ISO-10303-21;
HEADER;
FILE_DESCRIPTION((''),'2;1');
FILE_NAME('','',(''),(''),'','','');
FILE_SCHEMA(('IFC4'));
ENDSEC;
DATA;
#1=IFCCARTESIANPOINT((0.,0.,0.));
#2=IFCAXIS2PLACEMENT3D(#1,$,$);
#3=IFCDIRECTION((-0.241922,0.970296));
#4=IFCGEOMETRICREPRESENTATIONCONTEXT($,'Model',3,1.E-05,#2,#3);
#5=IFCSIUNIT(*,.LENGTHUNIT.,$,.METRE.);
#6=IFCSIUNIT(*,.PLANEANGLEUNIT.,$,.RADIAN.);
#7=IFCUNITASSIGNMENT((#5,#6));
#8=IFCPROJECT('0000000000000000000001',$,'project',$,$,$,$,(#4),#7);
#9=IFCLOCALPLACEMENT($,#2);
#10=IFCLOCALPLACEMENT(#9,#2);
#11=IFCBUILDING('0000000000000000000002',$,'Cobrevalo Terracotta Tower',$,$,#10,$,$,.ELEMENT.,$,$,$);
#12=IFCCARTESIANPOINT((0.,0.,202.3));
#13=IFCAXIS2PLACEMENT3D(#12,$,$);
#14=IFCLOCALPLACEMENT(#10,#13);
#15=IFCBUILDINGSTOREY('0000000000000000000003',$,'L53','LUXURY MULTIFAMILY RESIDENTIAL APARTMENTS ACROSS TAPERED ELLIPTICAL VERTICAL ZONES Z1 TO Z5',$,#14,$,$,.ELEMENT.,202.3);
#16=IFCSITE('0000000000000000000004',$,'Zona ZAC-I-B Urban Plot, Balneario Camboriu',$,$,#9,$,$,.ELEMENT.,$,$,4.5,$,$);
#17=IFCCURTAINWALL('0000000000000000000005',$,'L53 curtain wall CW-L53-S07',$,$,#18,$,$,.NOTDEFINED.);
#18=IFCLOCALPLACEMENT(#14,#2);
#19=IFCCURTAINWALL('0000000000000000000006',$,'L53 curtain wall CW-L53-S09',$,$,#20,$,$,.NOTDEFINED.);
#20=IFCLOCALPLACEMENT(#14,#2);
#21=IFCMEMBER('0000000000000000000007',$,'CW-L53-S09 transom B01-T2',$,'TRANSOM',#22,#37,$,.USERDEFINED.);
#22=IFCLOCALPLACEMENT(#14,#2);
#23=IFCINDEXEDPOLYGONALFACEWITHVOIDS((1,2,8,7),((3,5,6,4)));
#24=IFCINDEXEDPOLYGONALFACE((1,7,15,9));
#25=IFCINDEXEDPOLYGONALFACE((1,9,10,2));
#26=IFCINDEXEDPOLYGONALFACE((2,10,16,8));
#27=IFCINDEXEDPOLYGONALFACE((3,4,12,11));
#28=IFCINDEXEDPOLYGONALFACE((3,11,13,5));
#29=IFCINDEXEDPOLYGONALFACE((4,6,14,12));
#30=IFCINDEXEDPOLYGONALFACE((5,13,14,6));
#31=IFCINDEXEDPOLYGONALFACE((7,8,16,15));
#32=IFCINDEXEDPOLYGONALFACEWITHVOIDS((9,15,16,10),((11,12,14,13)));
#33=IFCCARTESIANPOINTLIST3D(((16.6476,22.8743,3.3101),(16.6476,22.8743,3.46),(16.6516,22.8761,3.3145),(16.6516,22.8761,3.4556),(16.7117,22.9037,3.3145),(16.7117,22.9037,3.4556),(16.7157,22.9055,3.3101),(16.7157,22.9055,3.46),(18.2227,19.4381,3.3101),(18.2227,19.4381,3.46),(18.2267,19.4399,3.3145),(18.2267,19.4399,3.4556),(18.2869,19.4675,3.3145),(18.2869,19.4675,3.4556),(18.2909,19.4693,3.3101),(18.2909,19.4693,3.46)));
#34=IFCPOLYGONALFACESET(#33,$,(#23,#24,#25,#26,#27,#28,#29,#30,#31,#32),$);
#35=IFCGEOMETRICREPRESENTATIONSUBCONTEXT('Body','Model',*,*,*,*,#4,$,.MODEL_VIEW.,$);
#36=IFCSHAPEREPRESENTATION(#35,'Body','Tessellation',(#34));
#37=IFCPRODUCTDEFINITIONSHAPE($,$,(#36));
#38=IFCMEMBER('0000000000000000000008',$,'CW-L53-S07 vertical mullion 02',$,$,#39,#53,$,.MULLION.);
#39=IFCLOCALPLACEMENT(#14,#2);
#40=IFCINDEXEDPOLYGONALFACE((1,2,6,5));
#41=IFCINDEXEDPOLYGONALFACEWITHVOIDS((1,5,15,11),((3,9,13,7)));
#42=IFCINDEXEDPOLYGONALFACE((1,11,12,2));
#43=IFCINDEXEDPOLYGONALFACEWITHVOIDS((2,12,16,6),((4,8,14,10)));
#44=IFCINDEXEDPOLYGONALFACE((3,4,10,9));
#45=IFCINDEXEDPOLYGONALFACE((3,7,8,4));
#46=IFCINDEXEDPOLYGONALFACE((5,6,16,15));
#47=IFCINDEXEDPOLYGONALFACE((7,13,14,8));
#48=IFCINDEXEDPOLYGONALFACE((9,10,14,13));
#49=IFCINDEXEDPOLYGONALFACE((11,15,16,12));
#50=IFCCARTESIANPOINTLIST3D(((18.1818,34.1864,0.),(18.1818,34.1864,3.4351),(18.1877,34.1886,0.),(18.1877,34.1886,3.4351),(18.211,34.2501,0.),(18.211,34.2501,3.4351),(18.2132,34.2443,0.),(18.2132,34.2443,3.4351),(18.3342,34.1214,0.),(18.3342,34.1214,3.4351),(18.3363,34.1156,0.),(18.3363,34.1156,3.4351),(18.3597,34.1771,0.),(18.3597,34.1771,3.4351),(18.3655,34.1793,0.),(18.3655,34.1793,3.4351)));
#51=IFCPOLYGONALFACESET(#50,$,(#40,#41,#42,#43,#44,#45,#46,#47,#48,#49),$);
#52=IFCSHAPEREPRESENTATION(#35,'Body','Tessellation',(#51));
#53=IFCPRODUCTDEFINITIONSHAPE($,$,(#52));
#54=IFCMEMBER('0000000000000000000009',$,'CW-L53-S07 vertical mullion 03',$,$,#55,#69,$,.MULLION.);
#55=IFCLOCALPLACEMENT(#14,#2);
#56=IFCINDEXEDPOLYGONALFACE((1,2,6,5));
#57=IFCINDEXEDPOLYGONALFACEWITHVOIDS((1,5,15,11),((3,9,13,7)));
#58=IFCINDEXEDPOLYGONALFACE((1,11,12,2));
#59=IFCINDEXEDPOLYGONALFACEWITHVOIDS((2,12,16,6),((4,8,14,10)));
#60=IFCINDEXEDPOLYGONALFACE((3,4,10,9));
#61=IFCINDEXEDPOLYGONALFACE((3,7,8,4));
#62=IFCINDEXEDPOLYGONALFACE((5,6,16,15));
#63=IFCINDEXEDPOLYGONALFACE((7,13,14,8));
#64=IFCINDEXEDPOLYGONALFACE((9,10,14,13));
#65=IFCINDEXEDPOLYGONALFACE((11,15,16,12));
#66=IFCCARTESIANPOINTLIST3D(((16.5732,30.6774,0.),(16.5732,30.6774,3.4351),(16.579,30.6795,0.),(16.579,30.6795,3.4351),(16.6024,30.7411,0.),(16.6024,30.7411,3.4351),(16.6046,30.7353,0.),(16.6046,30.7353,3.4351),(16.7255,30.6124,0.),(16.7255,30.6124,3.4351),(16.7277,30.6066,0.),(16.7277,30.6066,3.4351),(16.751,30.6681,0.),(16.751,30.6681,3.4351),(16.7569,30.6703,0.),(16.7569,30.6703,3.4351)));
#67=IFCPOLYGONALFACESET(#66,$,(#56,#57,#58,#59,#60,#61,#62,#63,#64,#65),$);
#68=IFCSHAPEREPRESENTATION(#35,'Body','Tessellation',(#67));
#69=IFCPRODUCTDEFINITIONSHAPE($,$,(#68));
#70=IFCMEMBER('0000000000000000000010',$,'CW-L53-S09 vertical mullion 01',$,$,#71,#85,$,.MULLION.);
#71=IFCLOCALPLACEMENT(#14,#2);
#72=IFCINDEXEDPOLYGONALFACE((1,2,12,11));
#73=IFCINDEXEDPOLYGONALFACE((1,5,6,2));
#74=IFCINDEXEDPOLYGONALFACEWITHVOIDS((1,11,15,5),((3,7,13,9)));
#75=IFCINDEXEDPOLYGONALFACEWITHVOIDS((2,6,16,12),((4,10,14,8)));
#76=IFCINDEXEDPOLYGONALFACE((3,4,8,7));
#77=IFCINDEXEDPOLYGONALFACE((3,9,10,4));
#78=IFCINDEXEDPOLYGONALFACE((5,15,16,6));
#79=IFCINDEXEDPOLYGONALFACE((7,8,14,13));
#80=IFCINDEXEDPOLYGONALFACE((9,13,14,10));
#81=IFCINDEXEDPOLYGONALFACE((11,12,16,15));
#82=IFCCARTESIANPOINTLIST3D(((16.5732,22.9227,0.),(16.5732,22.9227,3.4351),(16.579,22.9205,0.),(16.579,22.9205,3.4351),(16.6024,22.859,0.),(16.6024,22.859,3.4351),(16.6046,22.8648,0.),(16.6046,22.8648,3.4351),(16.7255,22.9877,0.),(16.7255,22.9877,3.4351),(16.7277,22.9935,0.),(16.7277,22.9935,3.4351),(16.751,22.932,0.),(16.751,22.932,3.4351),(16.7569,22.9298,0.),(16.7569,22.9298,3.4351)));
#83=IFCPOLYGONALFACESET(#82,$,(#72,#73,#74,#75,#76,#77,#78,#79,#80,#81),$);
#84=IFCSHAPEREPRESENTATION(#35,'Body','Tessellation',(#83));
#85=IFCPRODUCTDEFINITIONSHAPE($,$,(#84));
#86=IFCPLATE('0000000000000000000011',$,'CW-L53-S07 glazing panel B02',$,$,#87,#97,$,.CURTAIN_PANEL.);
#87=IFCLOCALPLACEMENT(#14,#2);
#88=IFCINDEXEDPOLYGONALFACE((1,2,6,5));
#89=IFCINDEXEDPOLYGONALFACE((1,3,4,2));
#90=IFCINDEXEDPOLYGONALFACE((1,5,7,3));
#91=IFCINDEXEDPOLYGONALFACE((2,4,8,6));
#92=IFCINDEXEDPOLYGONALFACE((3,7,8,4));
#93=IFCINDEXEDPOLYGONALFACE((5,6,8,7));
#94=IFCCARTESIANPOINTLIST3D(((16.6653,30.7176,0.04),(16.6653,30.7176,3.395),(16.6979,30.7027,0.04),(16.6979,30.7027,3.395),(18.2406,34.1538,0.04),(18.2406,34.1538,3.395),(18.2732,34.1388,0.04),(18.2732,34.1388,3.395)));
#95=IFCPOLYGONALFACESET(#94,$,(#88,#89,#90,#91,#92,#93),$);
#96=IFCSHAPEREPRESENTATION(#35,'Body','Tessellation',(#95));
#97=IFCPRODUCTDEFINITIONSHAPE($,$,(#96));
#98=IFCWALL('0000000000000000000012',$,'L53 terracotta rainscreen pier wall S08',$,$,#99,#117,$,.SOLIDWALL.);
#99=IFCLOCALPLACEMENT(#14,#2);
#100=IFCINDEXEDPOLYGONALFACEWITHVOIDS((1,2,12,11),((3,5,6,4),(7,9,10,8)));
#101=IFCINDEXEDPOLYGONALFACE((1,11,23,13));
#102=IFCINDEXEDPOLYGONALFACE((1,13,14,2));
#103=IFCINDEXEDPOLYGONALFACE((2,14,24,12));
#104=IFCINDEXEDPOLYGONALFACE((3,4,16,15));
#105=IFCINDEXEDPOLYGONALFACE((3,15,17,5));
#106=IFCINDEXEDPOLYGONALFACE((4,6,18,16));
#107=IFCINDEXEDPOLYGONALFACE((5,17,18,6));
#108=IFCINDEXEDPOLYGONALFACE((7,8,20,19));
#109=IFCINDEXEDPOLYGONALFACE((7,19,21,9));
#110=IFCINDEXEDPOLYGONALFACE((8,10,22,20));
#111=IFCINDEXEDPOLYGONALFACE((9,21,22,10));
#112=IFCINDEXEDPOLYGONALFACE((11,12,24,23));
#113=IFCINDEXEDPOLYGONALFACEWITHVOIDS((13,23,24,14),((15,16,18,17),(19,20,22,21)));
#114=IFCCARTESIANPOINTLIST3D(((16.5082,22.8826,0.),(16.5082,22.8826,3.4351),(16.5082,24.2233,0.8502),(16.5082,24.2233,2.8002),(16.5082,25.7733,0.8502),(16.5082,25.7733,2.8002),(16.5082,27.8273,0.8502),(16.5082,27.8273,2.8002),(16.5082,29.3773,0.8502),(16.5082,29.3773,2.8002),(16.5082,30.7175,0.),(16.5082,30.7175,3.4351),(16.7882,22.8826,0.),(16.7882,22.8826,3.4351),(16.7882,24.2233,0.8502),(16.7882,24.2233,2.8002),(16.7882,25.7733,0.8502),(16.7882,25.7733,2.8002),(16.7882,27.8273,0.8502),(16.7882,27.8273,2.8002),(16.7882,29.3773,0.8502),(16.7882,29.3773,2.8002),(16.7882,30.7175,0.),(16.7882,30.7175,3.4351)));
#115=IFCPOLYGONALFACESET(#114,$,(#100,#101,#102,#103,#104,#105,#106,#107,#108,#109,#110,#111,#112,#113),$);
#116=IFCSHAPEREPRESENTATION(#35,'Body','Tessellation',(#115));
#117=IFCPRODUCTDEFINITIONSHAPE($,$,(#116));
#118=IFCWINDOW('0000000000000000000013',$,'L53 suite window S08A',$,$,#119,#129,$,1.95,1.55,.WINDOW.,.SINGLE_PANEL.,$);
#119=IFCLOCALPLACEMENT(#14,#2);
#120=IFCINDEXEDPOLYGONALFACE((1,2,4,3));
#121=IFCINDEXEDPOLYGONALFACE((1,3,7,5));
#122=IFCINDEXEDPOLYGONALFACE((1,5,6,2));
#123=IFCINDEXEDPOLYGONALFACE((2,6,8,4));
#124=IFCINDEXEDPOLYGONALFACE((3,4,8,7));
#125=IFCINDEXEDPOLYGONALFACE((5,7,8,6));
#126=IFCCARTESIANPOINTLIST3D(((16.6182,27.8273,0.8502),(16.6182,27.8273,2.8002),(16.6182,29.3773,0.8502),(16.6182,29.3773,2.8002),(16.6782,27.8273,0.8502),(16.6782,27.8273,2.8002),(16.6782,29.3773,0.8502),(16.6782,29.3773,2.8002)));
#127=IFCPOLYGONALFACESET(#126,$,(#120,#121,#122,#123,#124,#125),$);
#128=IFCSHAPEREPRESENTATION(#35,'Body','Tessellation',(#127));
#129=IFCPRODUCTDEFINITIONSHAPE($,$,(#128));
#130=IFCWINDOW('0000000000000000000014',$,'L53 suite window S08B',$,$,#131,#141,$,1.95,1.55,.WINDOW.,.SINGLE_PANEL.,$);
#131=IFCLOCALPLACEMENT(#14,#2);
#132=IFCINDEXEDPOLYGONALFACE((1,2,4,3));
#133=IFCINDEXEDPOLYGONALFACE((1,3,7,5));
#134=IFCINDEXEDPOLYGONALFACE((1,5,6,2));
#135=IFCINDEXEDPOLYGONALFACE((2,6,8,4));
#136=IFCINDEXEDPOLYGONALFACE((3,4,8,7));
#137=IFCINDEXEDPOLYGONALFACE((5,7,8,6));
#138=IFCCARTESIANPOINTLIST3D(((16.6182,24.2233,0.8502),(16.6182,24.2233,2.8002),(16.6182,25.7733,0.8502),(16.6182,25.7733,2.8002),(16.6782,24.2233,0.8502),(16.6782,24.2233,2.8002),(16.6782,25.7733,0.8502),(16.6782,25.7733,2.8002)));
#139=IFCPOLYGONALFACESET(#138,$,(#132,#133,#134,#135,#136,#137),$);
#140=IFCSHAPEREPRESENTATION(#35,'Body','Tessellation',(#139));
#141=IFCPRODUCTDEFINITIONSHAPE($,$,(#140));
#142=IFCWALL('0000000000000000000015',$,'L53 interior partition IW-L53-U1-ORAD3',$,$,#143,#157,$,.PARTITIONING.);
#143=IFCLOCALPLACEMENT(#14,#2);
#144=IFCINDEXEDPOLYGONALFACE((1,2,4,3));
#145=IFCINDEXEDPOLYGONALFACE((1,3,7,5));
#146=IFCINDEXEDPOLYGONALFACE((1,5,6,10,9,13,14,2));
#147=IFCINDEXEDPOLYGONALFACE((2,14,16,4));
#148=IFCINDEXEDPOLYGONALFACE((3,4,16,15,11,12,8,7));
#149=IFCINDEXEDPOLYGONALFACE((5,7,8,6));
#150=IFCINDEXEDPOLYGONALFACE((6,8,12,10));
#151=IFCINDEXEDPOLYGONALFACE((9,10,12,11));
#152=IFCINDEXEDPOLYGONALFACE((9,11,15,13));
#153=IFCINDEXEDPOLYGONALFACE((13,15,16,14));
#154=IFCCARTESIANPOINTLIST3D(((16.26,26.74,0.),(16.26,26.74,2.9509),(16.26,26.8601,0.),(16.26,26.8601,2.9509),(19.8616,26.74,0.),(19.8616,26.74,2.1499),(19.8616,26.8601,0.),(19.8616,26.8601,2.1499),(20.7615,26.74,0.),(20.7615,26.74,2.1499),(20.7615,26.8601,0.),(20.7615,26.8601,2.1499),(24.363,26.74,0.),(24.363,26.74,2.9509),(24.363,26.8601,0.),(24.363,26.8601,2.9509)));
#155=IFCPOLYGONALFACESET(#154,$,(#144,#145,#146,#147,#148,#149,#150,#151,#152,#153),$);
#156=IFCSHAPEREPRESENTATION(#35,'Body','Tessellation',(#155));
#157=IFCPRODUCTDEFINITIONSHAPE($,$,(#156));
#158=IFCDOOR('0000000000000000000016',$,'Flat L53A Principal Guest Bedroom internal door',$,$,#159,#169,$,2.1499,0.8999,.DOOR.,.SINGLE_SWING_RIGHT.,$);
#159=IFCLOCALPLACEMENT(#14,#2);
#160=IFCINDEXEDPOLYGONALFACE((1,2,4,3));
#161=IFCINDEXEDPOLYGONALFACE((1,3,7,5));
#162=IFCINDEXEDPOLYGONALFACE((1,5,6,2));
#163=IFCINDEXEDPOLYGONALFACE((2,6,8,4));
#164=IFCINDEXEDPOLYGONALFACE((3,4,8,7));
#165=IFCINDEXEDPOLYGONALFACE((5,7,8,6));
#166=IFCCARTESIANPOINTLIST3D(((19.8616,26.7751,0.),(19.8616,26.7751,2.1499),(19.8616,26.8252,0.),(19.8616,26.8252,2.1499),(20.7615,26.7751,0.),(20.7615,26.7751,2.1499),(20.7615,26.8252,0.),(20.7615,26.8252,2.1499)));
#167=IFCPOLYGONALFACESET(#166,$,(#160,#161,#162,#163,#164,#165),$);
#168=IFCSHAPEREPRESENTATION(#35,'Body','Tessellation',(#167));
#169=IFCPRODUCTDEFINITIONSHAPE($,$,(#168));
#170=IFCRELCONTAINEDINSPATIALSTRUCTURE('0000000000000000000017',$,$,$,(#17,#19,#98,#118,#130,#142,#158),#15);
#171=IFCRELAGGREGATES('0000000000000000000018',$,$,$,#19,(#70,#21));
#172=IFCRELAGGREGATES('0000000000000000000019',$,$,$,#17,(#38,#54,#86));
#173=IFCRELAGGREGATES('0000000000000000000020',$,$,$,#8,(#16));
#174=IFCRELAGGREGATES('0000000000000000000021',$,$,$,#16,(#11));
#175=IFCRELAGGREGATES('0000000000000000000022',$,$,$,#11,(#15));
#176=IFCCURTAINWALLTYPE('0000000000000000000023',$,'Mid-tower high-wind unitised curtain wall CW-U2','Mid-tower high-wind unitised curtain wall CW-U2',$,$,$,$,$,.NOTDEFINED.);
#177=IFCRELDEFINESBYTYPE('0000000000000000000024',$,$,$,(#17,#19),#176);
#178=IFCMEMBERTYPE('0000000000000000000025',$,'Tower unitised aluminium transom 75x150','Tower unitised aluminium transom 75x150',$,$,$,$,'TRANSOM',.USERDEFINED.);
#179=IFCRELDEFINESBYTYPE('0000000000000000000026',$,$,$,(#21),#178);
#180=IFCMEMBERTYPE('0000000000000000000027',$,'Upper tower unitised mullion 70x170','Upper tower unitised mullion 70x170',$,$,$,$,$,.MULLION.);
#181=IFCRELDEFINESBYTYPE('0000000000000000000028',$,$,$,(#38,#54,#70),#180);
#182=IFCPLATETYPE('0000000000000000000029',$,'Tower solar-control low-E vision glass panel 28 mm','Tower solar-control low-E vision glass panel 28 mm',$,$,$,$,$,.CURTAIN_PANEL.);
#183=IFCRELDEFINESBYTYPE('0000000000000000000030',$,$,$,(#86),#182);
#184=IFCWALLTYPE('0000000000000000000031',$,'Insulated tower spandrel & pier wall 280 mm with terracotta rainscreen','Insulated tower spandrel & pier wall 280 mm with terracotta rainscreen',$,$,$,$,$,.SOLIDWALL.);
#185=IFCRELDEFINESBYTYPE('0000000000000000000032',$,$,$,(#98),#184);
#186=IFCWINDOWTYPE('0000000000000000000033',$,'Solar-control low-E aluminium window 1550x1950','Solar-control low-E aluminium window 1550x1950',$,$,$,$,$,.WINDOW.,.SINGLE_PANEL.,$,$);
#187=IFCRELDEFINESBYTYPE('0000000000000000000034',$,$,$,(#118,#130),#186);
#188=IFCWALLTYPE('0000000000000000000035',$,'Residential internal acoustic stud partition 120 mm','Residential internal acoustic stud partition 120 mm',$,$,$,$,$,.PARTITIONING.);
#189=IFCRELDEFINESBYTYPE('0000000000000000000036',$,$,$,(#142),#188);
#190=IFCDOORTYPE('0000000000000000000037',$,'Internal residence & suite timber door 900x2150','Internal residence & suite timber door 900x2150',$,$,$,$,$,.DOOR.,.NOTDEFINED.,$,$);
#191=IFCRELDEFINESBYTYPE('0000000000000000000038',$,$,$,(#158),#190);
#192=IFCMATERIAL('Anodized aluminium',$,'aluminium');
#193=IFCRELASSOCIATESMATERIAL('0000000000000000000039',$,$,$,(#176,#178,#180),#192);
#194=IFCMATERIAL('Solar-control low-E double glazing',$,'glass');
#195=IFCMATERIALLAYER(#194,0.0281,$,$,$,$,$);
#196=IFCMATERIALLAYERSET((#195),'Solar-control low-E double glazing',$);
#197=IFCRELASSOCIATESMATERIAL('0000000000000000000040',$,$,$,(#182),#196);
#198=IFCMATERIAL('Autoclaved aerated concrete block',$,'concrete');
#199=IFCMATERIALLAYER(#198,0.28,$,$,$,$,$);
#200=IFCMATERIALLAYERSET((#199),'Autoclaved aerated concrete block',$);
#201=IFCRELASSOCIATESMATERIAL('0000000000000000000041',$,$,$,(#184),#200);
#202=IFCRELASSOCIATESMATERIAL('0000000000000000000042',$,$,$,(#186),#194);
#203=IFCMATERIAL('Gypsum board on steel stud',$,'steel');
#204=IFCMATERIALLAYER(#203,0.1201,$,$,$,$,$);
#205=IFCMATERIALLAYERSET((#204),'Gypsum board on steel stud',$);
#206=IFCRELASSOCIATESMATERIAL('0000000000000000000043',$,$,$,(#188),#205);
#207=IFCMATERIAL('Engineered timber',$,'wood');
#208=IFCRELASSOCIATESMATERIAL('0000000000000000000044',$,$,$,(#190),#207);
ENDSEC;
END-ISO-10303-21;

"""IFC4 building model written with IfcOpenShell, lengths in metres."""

from ifc_helpers import new_model, si_unit, direction, frame, frame_2d, origin, origin_2d, place, context, subcontext, project, spatial, rectangle, hollow_rectangle, extrude, source, transform, mapped, material, layer, layer_set, material_profile, profile_set, type_object, element, fill, aggregate, save


model = new_model("IFC4")

# Units and contexts
model_context = context("Model", 3, precision=1e-05, world=origin(), true_north=direction((-0.241922, 0.970296)))
body_context = subcontext(model_context, "Body", "Model", "MODEL_VIEW")
ifc_project = project(units=[si_unit("LENGTHUNIT", "METRE"), si_unit("PLANEANGLEUNIT", "RADIAN")], contexts=[model_context])

# Site, building, storey
site_placement = place(None, origin())
site = spatial("IfcSite", under=ifc_project, at=site_placement, Name="Zona ZAC-I-B Urban Plot, Balneario Camboriu", CompositionType="ELEMENT", RefElevation=4.5)
building_placement = place(site_placement, origin())
building = spatial("IfcBuilding", under=site, at=building_placement, Name="Cobrevalo Terracotta Tower", CompositionType="ELEMENT")
storey_placement = place(building_placement, frame((0.0, 0.0, 202.3)))
storey = spatial("IfcBuildingStorey", under=building, at=storey_placement, Name="L53", Description="LUXURY MULTIFAMILY RESIDENTIAL APARTMENTS ACROSS TAPERED ELLIPTICAL VERTICAL ZONES Z1 TO Z5", CompositionType="ELEMENT", Elevation=202.3)

# Curtain walls, member
ifc_material_1 = material(Name="Anodized aluminium", Category="aluminium")
curtain_wall_type = type_object("IfcCurtainWallType", Name="Mid-tower high-wind unitised curtain wall CW-U2", Description="Mid-tower high-wind unitised curtain wall CW-U2", PredefinedType="NOTDEFINED", material=ifc_material_1)
curtain_wall_1_placement = place(storey_placement, origin())
curtain_wall_1 = element("IfcCurtainWall", 1, at=curtain_wall_1_placement, inside=storey, type_object=curtain_wall_type, Name="L53 curtain wall CW-L53-S07", PredefinedType="NOTDEFINED")
ifc_material_profile_1 = material_profile(ifc_material_1, hollow_rectangle(XDim=0.075, YDim=0.1499, WallThickness=0.0044, at=origin_2d()), Name="CWT 75x150")
ifc_profile_set_1 = profile_set([ifc_material_profile_1], Name="Anodized aluminium")
member_type_1 = type_object("IfcMemberType", Name="Tower unitised aluminium transom 75x150", Description="Tower unitised aluminium transom 75x150", ElementType="TRANSOM", PredefinedType="USERDEFINED", material=ifc_profile_set_1)
shared_shape_1 = source(origin(), body_context, "Body", "SweptSolid", [
    extrude(hollow_rectangle(XDim=0.075, YDim=0.1499, WallThickness=0.0044, at=origin_2d()), origin(), (0.0, 0.0, 1.0), 3.78),
])
curtain_wall_2_placement = place(storey_placement, origin())
curtain_wall_2 = element("IfcCurtainWall", 2, at=curtain_wall_2_placement, inside=storey, type_object=curtain_wall_type, Name="L53 curtain wall CW-L53-S09", PredefinedType="NOTDEFINED")
member_1_placement = place(storey_placement, frame((16.6816, 22.8899, 3.385), z_axis=(0.416706, -0.909041, 0.0), x_axis=(0.909041, 0.416706, 0.0)))
member_1 = element("IfcMember", 3, at=member_1_placement, type_object=member_type_1, Name="CW-L53-S09 transom B01-T2", ObjectType="TRANSOM", PredefinedType="USERDEFINED", context=body_context, shape_type="MappedRepresentation", body=[
    mapped(shared_shape_1, transform((0.0, 0.0, 0.0), scale=1.0)),
])

# Members
ifc_material_profile_2 = material_profile(ifc_material_1, hollow_rectangle(XDim=0.0701, YDim=0.1699, WallThickness=0.0044, at=origin_2d()), Name="CWM 70x170")
ifc_profile_set_2 = profile_set([ifc_material_profile_2], Name="Anodized aluminium")
member_type_2 = type_object("IfcMemberType", Name="Upper tower unitised mullion 70x170", Description="Upper tower unitised mullion 70x170", PredefinedType="MULLION", material=ifc_profile_set_2)
shared_shape_2 = source(origin(), body_context, "Body", "SweptSolid", [
    extrude(hollow_rectangle(XDim=0.0701, YDim=0.1699, WallThickness=0.0044, at=origin_2d()), origin(), (0.0, 0.0, 1.0), 3.4351),
])
member_2_placement = place(storey_placement, frame((18.2737, 34.1829, 0.0), z_axis=(0.0, 0.0, 1.0), x_axis=(-0.416725, -0.909033, 0.0)))
member_2 = element("IfcMember", 4, at=member_2_placement, type_object=member_type_2, Name="CW-L53-S07 vertical mullion 02", PredefinedType="MULLION", context=body_context, shape_type="MappedRepresentation", body=[
    mapped(shared_shape_2, transform((0.0, 0.0, 0.0), scale=1.0)),
])
member_3_placement = place(storey_placement, frame((16.665, 30.6738, 0.0), z_axis=(0.0, 0.0, 1.0), x_axis=(-0.416725, -0.909033, 0.0)))
member_3 = element("IfcMember", 5, at=member_3_placement, type_object=member_type_2, Name="CW-L53-S07 vertical mullion 03", PredefinedType="MULLION", context=body_context, shape_type="MappedRepresentation", body=[
    mapped(shared_shape_2, transform((0.0, 0.0, 0.0), scale=1.0)),
])
member_4_placement = place(storey_placement, frame((16.665, 22.9263, 0.0), z_axis=(0.0, 0.0, 1.0), x_axis=(0.416725, -0.909033, 0.0)))
member_4 = element("IfcMember", 6, at=member_4_placement, type_object=member_type_2, Name="CW-L53-S09 vertical mullion 01", PredefinedType="MULLION", context=body_context, shape_type="MappedRepresentation", body=[
    mapped(shared_shape_2, transform((0.0, 0.0, 0.0), scale=1.0)),
])
aggregate(curtain_wall_2, [member_4, member_1])

# Plate
ifc_material_2 = material(Name="Solar-control low-E double glazing", Category="glass")
ifc_layer_1 = layer(ifc_material_2, 0.0281)
ifc_layer_set_1 = layer_set([ifc_layer_1], Name="Solar-control low-E double glazing")
plate_type = type_object("IfcPlateType", Name="Tower solar-control low-E vision glass panel 28 mm", Description="Tower solar-control low-E vision glass panel 28 mm", PredefinedType="CURTAIN_PANEL", material=ifc_layer_set_1)
shared_shape_3 = source(origin(), body_context, "Body", "SweptSolid", [
    extrude(rectangle(XDim=3.78, YDim=0.0359, at=origin_2d()), origin(), (0.0, 0.0, 1.0), 3.355),
])
plate_placement = place(storey_placement, frame((17.4692, 32.4282, 0.04), z_axis=(0.0, 0.0, 1.0), x_axis=(-0.416731, -0.90903, 0.0)))
plate = element("IfcPlate", 7, at=plate_placement, type_object=plate_type, Name="CW-L53-S07 glazing panel B02", PredefinedType="CURTAIN_PANEL", context=body_context, shape_type="MappedRepresentation", body=[
    mapped(shared_shape_3, transform((0.0, 0.0, 0.0), scale=1.0)),
])
aggregate(curtain_wall_1, [member_2, member_3, plate])

# Wall, openings, windows
ifc_material_3 = material(Name="Autoclaved aerated concrete block", Category="concrete")
ifc_layer_2 = layer(ifc_material_3, 0.28)
ifc_layer_set_2 = layer_set([ifc_layer_2], Name="Autoclaved aerated concrete block")
wall_type_1 = type_object("IfcWallType", Name="Insulated tower spandrel & pier wall 280 mm with terracotta rainscreen", Description="Insulated tower spandrel & pier wall 280 mm with terracotta rainscreen", PredefinedType="SOLIDWALL", material=ifc_layer_set_2)
wall_1_placement = place(storey_placement, frame((16.6482, 30.7175, 0.0), z_axis=(0.0, 0.0, 1.0), x_axis=(0.0, -1.0, 0.0)))
wall_1 = element("IfcWall", 8, at=wall_1_placement, inside=storey, type_object=wall_type_1, Name="L53 terracotta rainscreen pier wall S08", PredefinedType="SOLIDWALL", context=body_context, shape_type="SweptSolid", body=[
    extrude(rectangle(XDim=7.835, YDim=0.28, at=frame_2d((3.9175, 0.0))), origin(), (0.0, 0.0, 1.0), 3.4351),
])
opening_1_placement = place(wall_1_placement, frame((1.3403, 0.0, 0.8501)))
opening_1 = element("IfcOpeningElement", 9, at=opening_1_placement, cuts=wall_1, PredefinedType="OPENING", context=body_context, shape_type="SweptSolid", body=[
    extrude(rectangle(XDim=1.55, YDim=1.95, at=frame_2d((0.7749, 0.9751))), frame((0.0, 0.1499, 0.0), z_axis=(0.0, -1.0, 0.0), x_axis=(1.0, 0.0, 0.0)), (0.0, 0.0, 1.0), 0.3),
])
opening_2_placement = place(wall_1_placement, frame((4.9443, 0.0, 0.8501)))
opening_2 = element("IfcOpeningElement", 10, at=opening_2_placement, cuts=wall_1, PredefinedType="OPENING", context=body_context, shape_type="SweptSolid", body=[
    extrude(rectangle(XDim=1.55, YDim=1.95, at=frame_2d((0.7749, 0.9751))), frame((0.0, 0.1499, 0.0), z_axis=(0.0, -1.0, 0.0), x_axis=(1.0, 0.0, 0.0)), (0.0, 0.0, 1.0), 0.3),
])
window_type = type_object("IfcWindowType", Name="Solar-control low-E aluminium window 1550x1950", Description="Solar-control low-E aluminium window 1550x1950", PartitioningType="SINGLE_PANEL", PredefinedType="WINDOW", material=ifc_material_2)
shared_shape_4 = source(origin(), body_context, "Body", "SweptSolid", [
    extrude(rectangle(XDim=1.55, YDim=1.95, at=frame_2d((0.7749, 0.9751))), frame((0.0, 0.03, 0.0), z_axis=(0.0, -1.0, 0.0), x_axis=(1.0, 0.0, 0.0)), (0.0, 0.0, 1.0), 0.0601),
])
window_1_placement = place(opening_1_placement, origin())
window_1 = element("IfcWindow", 11, at=window_1_placement, inside=storey, type_object=window_type, Name="L53 suite window S08A", OverallHeight=1.95, OverallWidth=1.55, PartitioningType="SINGLE_PANEL", PredefinedType="WINDOW", context=body_context, shape_type="MappedRepresentation", body=[
    mapped(shared_shape_4, transform((0.0, 0.0, 0.0), scale=1.0)),
])
fill(opening_1, window_1)
window_2_placement = place(opening_2_placement, origin())
window_2 = element("IfcWindow", 12, at=window_2_placement, inside=storey, type_object=window_type, Name="L53 suite window S08B", OverallHeight=1.95, OverallWidth=1.55, PartitioningType="SINGLE_PANEL", PredefinedType="WINDOW", context=body_context, shape_type="MappedRepresentation", body=[
    mapped(shared_shape_4, transform((0.0, 0.0, 0.0), scale=1.0)),
])
fill(opening_2, window_2)

# Wall, opening, door
ifc_material_4 = material(Name="Gypsum board on steel stud", Category="steel")
ifc_layer_3 = layer(ifc_material_4, 0.1201)
ifc_layer_set_3 = layer_set([ifc_layer_3], Name="Gypsum board on steel stud")
wall_type_2 = type_object("IfcWallType", Name="Residential internal acoustic stud partition 120 mm", Description="Residential internal acoustic stud partition 120 mm", PredefinedType="PARTITIONING", material=ifc_layer_set_3)
wall_2_placement = place(storey_placement, frame((24.363, 26.8, 0.0), z_axis=(0.0, 0.0, 1.0), x_axis=(-1.0, 0.0, 0.0)))
wall_2 = element("IfcWall", 13, at=wall_2_placement, inside=storey, type_object=wall_type_2, Name="L53 interior partition IW-L53-U1-ORAD3", PredefinedType="PARTITIONING", context=body_context, shape_type="SweptSolid", body=[
    extrude(rectangle(XDim=8.103, YDim=0.1201, at=frame_2d((4.0515, 0.0))), origin(), (0.0, 0.0, 1.0), 2.9509),
])
opening_3_placement = place(wall_2_placement, frame((3.6016, 0.0, 0.0)))
opening_3 = element("IfcOpeningElement", 14, at=opening_3_placement, cuts=wall_2, PredefinedType="OPENING", context=body_context, shape_type="SweptSolid", body=[
    extrude(rectangle(XDim=0.8999, YDim=2.1499, at=frame_2d((0.45, 1.075))), frame((0.0, 0.0701, 0.0), z_axis=(0.0, -1.0, 0.0), x_axis=(1.0, 0.0, 0.0)), (0.0, 0.0, 1.0), 0.1401),
])
ifc_material_5 = material(Name="Engineered timber", Category="wood")
door_type = type_object("IfcDoorType", Name="Internal residence & suite timber door 900x2150", Description="Internal residence & suite timber door 900x2150", OperationType="NOTDEFINED", PredefinedType="DOOR", material=ifc_material_5)
shared_shape_5 = source(origin(), body_context, "Body", "SweptSolid", [
    extrude(rectangle(XDim=0.8999, YDim=2.1499, at=frame_2d((0.45, 1.075))), frame((0.0, 0.0249, 0.0), z_axis=(0.0, -1.0, 0.0), x_axis=(1.0, 0.0, 0.0)), (0.0, 0.0, 1.0), 0.05),
])
door_placement = place(opening_3_placement, origin())
door = element("IfcDoor", 15, at=door_placement, inside=storey, type_object=door_type, Name="Flat L53A Principal Guest Bedroom internal door", OperationType="SINGLE_SWING_RIGHT", OverallHeight=2.1499, OverallWidth=0.8999, PredefinedType="DOOR", context=body_context, shape_type="MappedRepresentation", body=[
    mapped(shared_shape_5, transform((0.0, 0.0, 0.0), scale=1.0)),
])
fill(opening_3, door)

save(model, "model.ifc")
